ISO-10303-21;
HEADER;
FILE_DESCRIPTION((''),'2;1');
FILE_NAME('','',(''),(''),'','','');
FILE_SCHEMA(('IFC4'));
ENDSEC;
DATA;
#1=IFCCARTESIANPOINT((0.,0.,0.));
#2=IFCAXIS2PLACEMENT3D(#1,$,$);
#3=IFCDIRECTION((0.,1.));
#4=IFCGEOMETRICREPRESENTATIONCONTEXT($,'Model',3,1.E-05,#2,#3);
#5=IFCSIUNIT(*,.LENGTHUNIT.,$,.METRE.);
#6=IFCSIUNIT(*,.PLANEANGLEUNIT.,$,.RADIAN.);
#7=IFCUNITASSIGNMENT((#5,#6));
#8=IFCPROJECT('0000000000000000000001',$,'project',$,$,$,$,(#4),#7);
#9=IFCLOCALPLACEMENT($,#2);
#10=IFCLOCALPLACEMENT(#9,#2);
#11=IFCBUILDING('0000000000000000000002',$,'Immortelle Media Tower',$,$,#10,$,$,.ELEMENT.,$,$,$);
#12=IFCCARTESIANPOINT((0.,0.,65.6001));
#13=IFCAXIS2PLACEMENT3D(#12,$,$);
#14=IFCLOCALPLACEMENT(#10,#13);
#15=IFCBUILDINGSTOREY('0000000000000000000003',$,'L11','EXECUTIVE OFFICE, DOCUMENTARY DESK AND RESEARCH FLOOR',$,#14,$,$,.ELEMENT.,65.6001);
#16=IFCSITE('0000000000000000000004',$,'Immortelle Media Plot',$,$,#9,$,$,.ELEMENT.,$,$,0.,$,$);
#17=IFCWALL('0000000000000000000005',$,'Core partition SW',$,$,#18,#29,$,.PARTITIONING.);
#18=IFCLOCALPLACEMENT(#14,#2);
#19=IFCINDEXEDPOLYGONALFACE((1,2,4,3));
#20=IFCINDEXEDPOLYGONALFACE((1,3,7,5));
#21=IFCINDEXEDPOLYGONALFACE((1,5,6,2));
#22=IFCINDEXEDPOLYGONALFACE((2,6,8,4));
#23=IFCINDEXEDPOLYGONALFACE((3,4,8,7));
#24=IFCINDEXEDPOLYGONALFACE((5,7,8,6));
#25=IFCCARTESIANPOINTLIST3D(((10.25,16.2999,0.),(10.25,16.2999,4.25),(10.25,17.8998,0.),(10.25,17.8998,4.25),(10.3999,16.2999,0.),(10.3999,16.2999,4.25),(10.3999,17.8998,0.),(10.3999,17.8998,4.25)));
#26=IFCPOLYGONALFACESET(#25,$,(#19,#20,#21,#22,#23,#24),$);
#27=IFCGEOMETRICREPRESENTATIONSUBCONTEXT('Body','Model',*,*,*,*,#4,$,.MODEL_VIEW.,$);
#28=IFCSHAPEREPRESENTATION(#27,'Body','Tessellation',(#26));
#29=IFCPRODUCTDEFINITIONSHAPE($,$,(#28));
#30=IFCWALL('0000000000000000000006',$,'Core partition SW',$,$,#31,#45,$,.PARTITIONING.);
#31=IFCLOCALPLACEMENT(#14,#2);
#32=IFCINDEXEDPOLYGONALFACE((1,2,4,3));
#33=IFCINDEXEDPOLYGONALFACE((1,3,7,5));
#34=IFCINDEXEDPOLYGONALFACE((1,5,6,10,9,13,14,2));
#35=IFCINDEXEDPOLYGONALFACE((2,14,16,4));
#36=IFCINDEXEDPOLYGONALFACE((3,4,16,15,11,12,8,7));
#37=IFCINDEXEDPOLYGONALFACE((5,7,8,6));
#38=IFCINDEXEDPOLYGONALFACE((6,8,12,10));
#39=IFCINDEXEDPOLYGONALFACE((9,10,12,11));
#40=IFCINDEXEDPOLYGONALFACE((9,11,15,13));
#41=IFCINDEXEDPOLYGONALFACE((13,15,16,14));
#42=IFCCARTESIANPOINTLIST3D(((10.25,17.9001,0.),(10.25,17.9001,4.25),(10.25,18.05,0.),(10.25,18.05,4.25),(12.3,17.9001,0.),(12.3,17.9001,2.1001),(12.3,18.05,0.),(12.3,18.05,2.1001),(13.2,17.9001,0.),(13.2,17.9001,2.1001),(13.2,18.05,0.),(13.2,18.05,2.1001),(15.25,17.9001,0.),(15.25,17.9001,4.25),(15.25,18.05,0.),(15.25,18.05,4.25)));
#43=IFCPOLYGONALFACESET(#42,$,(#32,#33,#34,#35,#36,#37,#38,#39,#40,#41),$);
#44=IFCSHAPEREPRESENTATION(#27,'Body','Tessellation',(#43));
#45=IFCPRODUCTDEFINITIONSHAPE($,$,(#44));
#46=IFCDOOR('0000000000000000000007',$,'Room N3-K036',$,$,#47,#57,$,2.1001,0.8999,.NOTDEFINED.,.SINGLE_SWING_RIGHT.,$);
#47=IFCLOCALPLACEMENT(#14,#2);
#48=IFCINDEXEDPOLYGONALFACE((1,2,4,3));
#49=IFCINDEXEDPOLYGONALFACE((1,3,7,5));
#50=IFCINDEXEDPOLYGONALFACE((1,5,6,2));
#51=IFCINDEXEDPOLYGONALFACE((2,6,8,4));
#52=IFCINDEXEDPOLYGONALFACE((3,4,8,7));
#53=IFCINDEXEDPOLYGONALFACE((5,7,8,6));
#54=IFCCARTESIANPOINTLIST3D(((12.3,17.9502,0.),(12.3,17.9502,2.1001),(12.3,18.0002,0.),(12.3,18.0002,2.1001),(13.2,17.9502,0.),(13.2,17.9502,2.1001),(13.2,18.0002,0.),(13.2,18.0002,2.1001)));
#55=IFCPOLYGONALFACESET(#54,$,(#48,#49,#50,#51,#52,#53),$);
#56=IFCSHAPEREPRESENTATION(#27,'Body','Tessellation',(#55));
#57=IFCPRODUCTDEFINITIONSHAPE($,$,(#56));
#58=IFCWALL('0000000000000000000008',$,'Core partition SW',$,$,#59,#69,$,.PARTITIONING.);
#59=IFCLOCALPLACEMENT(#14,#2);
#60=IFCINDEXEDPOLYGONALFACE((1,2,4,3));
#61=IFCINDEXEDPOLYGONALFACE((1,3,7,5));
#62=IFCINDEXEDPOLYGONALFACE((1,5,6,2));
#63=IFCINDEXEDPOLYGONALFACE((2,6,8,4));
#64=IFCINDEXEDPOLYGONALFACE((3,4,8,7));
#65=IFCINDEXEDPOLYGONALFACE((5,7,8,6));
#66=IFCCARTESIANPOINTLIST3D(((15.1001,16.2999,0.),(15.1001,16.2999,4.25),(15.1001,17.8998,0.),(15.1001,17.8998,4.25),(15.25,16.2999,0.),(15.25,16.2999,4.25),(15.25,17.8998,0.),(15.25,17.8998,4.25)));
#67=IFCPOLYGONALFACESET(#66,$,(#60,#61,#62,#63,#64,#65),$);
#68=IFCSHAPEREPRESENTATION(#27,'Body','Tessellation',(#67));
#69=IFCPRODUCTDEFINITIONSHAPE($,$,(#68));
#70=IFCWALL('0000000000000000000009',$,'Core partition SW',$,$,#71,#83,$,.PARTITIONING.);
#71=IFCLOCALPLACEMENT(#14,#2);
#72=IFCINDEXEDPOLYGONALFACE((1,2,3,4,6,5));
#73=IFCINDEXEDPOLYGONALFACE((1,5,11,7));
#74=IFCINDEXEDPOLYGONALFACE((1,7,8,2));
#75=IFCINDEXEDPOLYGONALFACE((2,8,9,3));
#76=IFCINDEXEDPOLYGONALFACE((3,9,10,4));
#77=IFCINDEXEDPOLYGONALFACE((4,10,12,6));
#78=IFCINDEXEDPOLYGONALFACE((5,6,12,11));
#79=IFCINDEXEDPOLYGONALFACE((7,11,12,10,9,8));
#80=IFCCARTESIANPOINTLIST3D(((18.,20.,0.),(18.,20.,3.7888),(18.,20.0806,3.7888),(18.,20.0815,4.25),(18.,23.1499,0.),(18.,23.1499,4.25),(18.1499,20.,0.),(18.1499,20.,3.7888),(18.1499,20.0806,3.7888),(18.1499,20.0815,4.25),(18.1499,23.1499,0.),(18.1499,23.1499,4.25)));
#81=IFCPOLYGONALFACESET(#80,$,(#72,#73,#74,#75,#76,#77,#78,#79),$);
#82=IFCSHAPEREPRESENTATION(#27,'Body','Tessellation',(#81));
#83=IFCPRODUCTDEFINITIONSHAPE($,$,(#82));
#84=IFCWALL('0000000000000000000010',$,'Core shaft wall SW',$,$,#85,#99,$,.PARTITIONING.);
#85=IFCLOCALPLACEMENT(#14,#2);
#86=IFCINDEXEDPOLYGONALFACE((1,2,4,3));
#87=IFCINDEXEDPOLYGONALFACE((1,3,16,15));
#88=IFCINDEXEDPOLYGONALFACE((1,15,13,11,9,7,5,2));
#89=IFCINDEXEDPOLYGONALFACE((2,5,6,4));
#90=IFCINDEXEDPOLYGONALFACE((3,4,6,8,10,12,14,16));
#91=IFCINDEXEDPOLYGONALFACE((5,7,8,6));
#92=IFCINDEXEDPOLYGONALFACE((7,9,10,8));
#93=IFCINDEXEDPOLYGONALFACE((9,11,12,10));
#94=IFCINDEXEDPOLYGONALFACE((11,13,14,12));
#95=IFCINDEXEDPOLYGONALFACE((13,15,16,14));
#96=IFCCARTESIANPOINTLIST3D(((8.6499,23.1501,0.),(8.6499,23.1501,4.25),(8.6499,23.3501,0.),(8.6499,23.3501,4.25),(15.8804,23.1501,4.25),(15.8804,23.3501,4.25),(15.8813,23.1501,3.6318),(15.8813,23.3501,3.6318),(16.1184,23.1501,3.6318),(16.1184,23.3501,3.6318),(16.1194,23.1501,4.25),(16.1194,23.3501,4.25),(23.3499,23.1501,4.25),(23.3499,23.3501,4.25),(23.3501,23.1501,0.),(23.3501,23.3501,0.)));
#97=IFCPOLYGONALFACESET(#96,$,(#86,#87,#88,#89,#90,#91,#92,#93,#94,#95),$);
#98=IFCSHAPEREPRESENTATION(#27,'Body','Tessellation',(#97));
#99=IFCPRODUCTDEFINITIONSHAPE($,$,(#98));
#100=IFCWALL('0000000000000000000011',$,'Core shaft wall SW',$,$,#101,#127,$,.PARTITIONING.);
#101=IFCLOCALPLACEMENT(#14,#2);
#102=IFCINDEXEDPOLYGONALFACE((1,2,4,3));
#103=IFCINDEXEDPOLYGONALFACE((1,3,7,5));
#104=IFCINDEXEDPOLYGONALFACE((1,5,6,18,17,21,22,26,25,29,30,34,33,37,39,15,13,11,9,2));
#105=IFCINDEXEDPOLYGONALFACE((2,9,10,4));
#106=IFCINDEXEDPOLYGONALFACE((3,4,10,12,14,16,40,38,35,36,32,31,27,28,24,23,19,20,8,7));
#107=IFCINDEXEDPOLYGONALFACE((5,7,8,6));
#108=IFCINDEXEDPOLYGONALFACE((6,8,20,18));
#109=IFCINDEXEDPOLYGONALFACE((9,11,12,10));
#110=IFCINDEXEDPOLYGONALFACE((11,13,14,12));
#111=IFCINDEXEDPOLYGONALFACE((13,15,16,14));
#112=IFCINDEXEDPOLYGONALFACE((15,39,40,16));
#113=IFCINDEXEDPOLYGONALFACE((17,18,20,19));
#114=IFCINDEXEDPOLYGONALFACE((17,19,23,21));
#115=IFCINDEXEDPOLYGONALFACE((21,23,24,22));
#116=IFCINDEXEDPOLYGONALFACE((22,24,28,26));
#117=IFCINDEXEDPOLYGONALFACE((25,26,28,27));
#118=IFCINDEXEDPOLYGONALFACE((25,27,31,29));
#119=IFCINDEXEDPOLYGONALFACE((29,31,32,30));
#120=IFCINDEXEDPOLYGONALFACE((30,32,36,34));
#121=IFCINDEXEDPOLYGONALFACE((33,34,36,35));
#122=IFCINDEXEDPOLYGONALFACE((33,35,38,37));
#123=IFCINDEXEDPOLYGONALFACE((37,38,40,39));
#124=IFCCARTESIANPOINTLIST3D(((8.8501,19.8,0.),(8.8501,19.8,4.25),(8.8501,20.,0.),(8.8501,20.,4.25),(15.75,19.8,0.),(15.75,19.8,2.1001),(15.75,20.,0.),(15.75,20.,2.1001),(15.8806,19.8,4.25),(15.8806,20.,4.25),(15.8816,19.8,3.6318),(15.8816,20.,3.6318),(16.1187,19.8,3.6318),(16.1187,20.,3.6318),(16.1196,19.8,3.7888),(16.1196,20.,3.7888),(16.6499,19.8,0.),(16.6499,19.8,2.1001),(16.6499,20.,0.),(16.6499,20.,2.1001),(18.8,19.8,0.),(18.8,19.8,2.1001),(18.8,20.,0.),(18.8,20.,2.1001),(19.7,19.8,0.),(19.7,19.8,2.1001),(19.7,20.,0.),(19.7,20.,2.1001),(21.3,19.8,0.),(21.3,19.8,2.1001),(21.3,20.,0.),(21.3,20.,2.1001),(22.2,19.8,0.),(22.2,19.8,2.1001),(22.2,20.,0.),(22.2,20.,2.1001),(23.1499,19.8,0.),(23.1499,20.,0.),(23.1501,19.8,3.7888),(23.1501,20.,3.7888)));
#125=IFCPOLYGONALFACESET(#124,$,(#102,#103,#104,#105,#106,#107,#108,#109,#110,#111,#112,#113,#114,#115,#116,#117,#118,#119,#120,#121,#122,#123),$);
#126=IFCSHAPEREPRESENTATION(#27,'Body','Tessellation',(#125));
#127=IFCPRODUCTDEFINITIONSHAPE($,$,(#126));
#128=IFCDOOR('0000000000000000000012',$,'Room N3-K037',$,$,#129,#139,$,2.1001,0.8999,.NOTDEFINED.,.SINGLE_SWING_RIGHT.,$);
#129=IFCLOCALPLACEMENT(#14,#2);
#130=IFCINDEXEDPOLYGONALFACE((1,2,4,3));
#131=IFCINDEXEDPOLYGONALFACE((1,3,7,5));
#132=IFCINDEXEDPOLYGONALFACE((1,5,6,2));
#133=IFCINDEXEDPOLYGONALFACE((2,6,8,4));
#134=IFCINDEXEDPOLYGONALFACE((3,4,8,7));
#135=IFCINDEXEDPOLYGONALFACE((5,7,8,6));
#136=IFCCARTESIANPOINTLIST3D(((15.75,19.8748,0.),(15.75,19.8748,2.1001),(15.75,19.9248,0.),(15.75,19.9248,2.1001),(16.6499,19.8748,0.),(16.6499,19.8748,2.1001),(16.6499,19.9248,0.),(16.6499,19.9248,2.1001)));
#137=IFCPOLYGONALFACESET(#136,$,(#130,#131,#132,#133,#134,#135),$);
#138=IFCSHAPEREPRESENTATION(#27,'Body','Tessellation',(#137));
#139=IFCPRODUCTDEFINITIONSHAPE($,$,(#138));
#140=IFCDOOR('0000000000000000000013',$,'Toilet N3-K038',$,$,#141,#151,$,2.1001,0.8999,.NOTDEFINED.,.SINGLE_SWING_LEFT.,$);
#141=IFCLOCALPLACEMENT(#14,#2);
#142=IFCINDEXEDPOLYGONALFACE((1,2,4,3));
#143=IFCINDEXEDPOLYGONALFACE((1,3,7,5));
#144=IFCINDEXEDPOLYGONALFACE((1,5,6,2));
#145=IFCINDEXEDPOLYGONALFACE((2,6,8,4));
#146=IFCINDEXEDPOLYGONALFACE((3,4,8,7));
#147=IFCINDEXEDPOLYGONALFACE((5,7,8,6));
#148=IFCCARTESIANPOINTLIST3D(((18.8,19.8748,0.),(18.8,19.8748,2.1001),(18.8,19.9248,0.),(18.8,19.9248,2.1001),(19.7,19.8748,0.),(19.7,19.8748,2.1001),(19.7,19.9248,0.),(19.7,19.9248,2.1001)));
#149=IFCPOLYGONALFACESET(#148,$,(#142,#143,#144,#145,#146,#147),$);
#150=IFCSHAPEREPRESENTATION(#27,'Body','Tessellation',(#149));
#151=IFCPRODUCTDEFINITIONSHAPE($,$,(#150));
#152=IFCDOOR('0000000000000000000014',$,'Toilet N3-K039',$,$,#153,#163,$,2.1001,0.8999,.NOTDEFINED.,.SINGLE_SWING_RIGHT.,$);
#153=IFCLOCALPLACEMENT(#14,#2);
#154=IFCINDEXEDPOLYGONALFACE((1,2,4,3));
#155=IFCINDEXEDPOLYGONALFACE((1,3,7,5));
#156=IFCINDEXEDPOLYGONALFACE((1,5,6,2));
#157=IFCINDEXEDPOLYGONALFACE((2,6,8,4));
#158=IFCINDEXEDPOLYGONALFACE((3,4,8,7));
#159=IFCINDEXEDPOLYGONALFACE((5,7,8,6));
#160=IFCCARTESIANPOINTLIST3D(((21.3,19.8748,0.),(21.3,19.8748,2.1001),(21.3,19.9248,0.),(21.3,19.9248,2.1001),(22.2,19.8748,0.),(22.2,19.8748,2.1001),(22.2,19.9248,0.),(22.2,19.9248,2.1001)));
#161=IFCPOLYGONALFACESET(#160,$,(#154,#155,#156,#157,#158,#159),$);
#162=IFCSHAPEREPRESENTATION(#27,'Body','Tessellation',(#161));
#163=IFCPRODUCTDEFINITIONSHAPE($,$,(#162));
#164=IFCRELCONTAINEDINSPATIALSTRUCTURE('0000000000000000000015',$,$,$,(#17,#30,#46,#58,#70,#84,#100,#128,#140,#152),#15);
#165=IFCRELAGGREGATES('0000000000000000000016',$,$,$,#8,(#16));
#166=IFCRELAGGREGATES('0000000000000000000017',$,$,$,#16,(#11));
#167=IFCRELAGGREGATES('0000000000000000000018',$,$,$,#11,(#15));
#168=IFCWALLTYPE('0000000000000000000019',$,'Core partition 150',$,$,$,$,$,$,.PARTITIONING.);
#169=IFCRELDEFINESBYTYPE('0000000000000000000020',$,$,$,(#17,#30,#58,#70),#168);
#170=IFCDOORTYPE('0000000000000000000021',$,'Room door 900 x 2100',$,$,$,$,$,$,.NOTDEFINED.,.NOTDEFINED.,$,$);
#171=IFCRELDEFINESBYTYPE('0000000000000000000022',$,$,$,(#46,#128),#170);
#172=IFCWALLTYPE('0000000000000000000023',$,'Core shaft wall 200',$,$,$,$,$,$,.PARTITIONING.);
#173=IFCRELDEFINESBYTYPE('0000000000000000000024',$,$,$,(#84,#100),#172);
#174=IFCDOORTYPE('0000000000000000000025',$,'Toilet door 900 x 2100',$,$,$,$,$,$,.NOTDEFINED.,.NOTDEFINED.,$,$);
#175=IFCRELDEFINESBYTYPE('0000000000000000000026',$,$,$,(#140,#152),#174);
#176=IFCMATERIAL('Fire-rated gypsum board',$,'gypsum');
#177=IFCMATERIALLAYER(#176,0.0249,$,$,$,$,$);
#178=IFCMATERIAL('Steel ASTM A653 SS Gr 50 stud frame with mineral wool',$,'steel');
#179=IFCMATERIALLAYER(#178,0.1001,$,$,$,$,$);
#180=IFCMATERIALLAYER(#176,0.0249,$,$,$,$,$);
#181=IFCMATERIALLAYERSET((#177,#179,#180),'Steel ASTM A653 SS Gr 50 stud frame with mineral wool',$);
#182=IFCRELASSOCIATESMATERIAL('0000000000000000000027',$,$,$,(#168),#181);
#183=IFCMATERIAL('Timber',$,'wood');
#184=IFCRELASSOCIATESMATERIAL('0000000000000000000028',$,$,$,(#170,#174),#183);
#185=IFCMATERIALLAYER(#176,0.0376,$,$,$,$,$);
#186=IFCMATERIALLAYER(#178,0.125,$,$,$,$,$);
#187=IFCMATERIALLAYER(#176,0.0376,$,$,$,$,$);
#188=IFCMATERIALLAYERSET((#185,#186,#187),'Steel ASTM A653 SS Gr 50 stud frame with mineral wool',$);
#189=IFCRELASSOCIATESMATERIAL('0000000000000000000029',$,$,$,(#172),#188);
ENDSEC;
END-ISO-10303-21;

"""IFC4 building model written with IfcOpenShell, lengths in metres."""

from ifc_helpers import new_model, si_unit, direction, frame, frame_2d, origin, place, context, subcontext, project, spatial, polyline, rectangle, outline, extrude, material, layer, layer_set, type_object, element, fill, save


model = new_model("IFC4")

# Units and contexts
model_context = context("Model", 3, precision=1e-05, world=origin(), true_north=direction((0.0, 1.0)))
body_context = subcontext(model_context, "Body", "Model", "MODEL_VIEW")
ifc_project = project(units=[si_unit("LENGTHUNIT", "METRE"), si_unit("PLANEANGLEUNIT", "RADIAN")], contexts=[model_context])

# Site, building, storey
site_placement = place(None, origin())
site = spatial("IfcSite", under=ifc_project, at=site_placement, Name="Immortelle Media Plot", CompositionType="ELEMENT", RefElevation=0.0)
building_placement = place(site_placement, origin())
building = spatial("IfcBuilding", under=site, at=building_placement, Name="Immortelle Media Tower", CompositionType="ELEMENT")
storey_placement = place(building_placement, frame((0.0, 0.0, 65.6001)))
storey = spatial("IfcBuildingStorey", under=building, at=storey_placement, Name="L11", Description="EXECUTIVE OFFICE, DOCUMENTARY DESK AND RESEARCH FLOOR", CompositionType="ELEMENT", Elevation=65.6001)

# Wall
ifc_material_1 = material(Name="Fire-rated gypsum board", Category="gypsum")
ifc_layer_1 = layer(ifc_material_1, 0.0249)
ifc_material_2 = material(Name="Steel ASTM A653 SS Gr 50 stud frame with mineral wool", Category="steel")
ifc_layer_2 = layer(ifc_material_2, 0.1001)
ifc_layer_3 = layer(ifc_material_1, 0.0249)
ifc_layer_set_1 = layer_set([ifc_layer_1, ifc_layer_2, ifc_layer_3], Name="Steel ASTM A653 SS Gr 50 stud frame with mineral wool")
wall_type_1 = type_object("IfcWallType", Name="Core partition 150", PredefinedType="PARTITIONING", material=ifc_layer_set_1)
wall_1_placement = place(storey_placement, frame((10.325, 16.3, 0.0), z_axis=(0.0, 0.0, 1.0), x_axis=(0.0, 1.0, 0.0)))
element("IfcWall", 1, at=wall_1_placement, inside=storey, type_object=wall_type_1, Name="Core partition SW", PredefinedType="PARTITIONING", context=body_context, shape_type="SweptSolid", body=[
    extrude(rectangle(XDim=1.5999, YDim=0.1499, at=frame_2d((0.7998, 0.0))), origin(), (0.0, 0.0, 1.0), 4.25),
])

# Wall, opening, door
wall_2_placement = place(storey_placement, frame((10.25, 17.9751, 0.0), z_axis=(0.0, 0.0, 1.0), x_axis=(1.0, 0.0, 0.0)))
wall_2 = element("IfcWall", 2, at=wall_2_placement, inside=storey, type_object=wall_type_1, Name="Core partition SW", PredefinedType="PARTITIONING", context=body_context, shape_type="SweptSolid", body=[
    extrude(rectangle(XDim=5.0, YDim=0.1499, at=frame_2d((2.5, 0.0))), origin(), (0.0, 0.0, 1.0), 4.25),
])
opening_1_placement = place(wall_2_placement, frame((2.95, 0.0, 0.0), z_axis=(0.0, 0.0, 1.0), x_axis=(-1.0, 0.0, 0.0)))
opening_1 = element("IfcOpeningElement", 3, at=opening_1_placement, cuts=wall_2, PredefinedType="OPENING", context=body_context, shape_type="SweptSolid", body=[
    extrude(rectangle(XDim=0.8999, YDim=2.1001, at=frame_2d((0.45, 1.05))), frame((0.0, 0.085, 0.0), z_axis=(0.0, -1.0, 0.0), x_axis=(1.0, 0.0, 0.0)), (0.0, 0.0, 1.0), 0.1699),
])
ifc_material_3 = material(Name="Timber", Category="wood")
door_type_1 = type_object("IfcDoorType", Name="Room door 900 x 2100", OperationType="NOTDEFINED", PredefinedType="NOTDEFINED", material=ifc_material_3)
door_1_placement = place(opening_1_placement, origin())
door_1 = element("IfcDoor", 4, at=door_1_placement, inside=storey, type_object=door_type_1, Name="Room N3-K036", OperationType="SINGLE_SWING_RIGHT", OverallHeight=2.1001, OverallWidth=0.8999, PredefinedType="NOTDEFINED", context=body_context, shape_type="SweptSolid", body=[
    extrude(rectangle(XDim=0.8999, YDim=2.1001, at=frame_2d((0.45, 1.05))), frame((0.0, 0.0249, 0.0), z_axis=(0.0, -1.0, 0.0), x_axis=(1.0, 0.0, 0.0)), (0.0, 0.0, 1.0), 0.05),
])
fill(opening_1, door_1)

# Walls
wall_3_placement = place(storey_placement, frame((15.175, 16.3, 0.0), z_axis=(0.0, 0.0, 1.0), x_axis=(0.0, 1.0, 0.0)))
element("IfcWall", 5, at=wall_3_placement, inside=storey, type_object=wall_type_1, Name="Core partition SW", PredefinedType="PARTITIONING", context=body_context, shape_type="SweptSolid", body=[
    extrude(rectangle(XDim=1.5999, YDim=0.1499, at=frame_2d((0.7998, 0.0))), origin(), (0.0, 0.0, 1.0), 4.25),
])
wall_4_placement = place(storey_placement, frame((18.075, 20.0, 0.0), z_axis=(0.0, 0.0, 1.0), x_axis=(0.0, 1.0, 0.0)))
element("IfcWall", 6, at=wall_4_placement, inside=storey, type_object=wall_type_1, Name="Core partition SW", PredefinedType="PARTITIONING", context=body_context, shape_type="SweptSolid", body=[
    extrude(outline(polyline([(0.0, 0.0), (3.1499, 0.0), (3.1499, 4.25), (0.0815, 4.25), (0.0806, 3.7888), (0.0, 3.7888), (0.0, 0.0)])), frame((0.0, 0.075, 0.0), z_axis=(0.0, -1.0, 0.0), x_axis=(1.0, 0.0, 0.0)), (0.0, 0.0, 1.0), 0.1499),
])
ifc_layer_4 = layer(ifc_material_1, 0.0376)
ifc_layer_5 = layer(ifc_material_2, 0.125)
ifc_layer_6 = layer(ifc_material_1, 0.0376)
ifc_layer_set_2 = layer_set([ifc_layer_4, ifc_layer_5, ifc_layer_6], Name="Steel ASTM A653 SS Gr 50 stud frame with mineral wool")
wall_type_2 = type_object("IfcWallType", Name="Core shaft wall 200", PredefinedType="PARTITIONING", material=ifc_layer_set_2)
wall_5_placement = place(storey_placement, frame((8.6499, 23.25, 0.0), z_axis=(0.0, 0.0, 1.0), x_axis=(1.0, 0.0, 0.0)))
element("IfcWall", 7, at=wall_5_placement, inside=storey, type_object=wall_type_2, Name="Core shaft wall SW", PredefinedType="PARTITIONING", context=body_context, shape_type="SweptSolid", body=[
    extrude(outline(polyline([(0.0, 0.0), (14.7002, 0.0), (14.7, 4.25), (7.4695, 4.25), (7.4685, 3.6318), (7.2314, 3.6318), (7.2305, 4.25), (0.0, 4.25), (0.0, 0.0)])), frame((0.0, 0.1001, 0.0), z_axis=(0.0, -1.0, 0.0), x_axis=(1.0, 0.0, 0.0)), (0.0, 0.0, 1.0), 0.2),
])

# Wall, openings, doors
wall_6_placement = place(storey_placement, frame((8.8501, 19.8999, 0.0), z_axis=(0.0, 0.0, 1.0), x_axis=(1.0, 0.0, 0.0)))
wall_6 = element("IfcWall", 8, at=wall_6_placement, inside=storey, type_object=wall_type_2, Name="Core shaft wall SW", PredefinedType="PARTITIONING", context=body_context, shape_type="SweptSolid", body=[
    extrude(outline(polyline([(0.0, 0.0), (14.2998, 0.0), (14.3, 3.7888), (7.2695, 3.7888), (7.2686, 3.6318), (7.0315, 3.6318), (7.0305, 4.25), (0.0, 4.25), (0.0, 0.0)])), frame((0.0, 0.1001, 0.0), z_axis=(0.0, -1.0, 0.0), x_axis=(1.0, 0.0, 0.0)), (0.0, 0.0, 1.0), 0.2),
])
opening_2_placement = place(wall_6_placement, frame((6.8999, 0.0, 0.0)))
opening_2 = element("IfcOpeningElement", 9, at=opening_2_placement, cuts=wall_6, PredefinedType="OPENING", context=body_context, shape_type="SweptSolid", body=[
    extrude(rectangle(XDim=0.8999, YDim=2.1001, at=frame_2d((0.45, 1.05))), frame((0.0, 0.1099, 0.0), z_axis=(0.0, -1.0, 0.0), x_axis=(1.0, 0.0, 0.0)), (0.0, 0.0, 1.0), 0.22),
])
opening_3_placement = place(wall_6_placement, frame((9.95, 0.0, 0.0)))
opening_3 = element("IfcOpeningElement", 10, at=opening_3_placement, cuts=wall_6, PredefinedType="OPENING", context=body_context, shape_type="SweptSolid", body=[
    extrude(rectangle(XDim=0.8999, YDim=2.1001, at=frame_2d((0.45, 1.05))), frame((0.0, 0.1099, 0.0), z_axis=(0.0, -1.0, 0.0), x_axis=(1.0, 0.0, 0.0)), (0.0, 0.0, 1.0), 0.22),
])
opening_4_placement = place(wall_6_placement, frame((12.45, 0.0, 0.0)))
opening_4 = element("IfcOpeningElement", 11, at=opening_4_placement, cuts=wall_6, PredefinedType="OPENING", context=body_context, shape_type="SweptSolid", body=[
    extrude(rectangle(XDim=0.8999, YDim=2.1001, at=frame_2d((0.45, 1.05))), frame((0.0, 0.1099, 0.0), z_axis=(0.0, -1.0, 0.0), x_axis=(1.0, 0.0, 0.0)), (0.0, 0.0, 1.0), 0.22),
])
door_2_placement = place(opening_2_placement, origin())
door_2 = element("IfcDoor", 12, at=door_2_placement, inside=storey, type_object=door_type_1, Name="Room N3-K037", OperationType="SINGLE_SWING_RIGHT", OverallHeight=2.1001, OverallWidth=0.8999, PredefinedType="NOTDEFINED", context=body_context, shape_type="SweptSolid", body=[
    extrude(rectangle(XDim=0.8999, YDim=2.1001, at=frame_2d((0.45, 1.05))), frame((0.0, 0.0249, 0.0), z_axis=(0.0, -1.0, 0.0), x_axis=(1.0, 0.0, 0.0)), (0.0, 0.0, 1.0), 0.05),
])
fill(opening_2, door_2)
door_type_2 = type_object("IfcDoorType", Name="Toilet door 900 x 2100", OperationType="NOTDEFINED", PredefinedType="NOTDEFINED", material=ifc_material_3)
door_3_placement = place(opening_3_placement, origin())
door_3 = element("IfcDoor", 13, at=door_3_placement, inside=storey, type_object=door_type_2, Name="Toilet N3-K038", OperationType="SINGLE_SWING_LEFT", OverallHeight=2.1001, OverallWidth=0.8999, PredefinedType="NOTDEFINED", context=body_context, shape_type="SweptSolid", body=[
    extrude(rectangle(XDim=0.8999, YDim=2.1001, at=frame_2d((0.45, 1.05))), frame((0.0, 0.0249, 0.0), z_axis=(0.0, -1.0, 0.0), x_axis=(1.0, 0.0, 0.0)), (0.0, 0.0, 1.0), 0.05),
])
fill(opening_3, door_3)
door_4_placement = place(opening_4_placement, origin())
door_4 = element("IfcDoor", 14, at=door_4_placement, inside=storey, type_object=door_type_2, Name="Toilet N3-K039", OperationType="SINGLE_SWING_RIGHT", OverallHeight=2.1001, OverallWidth=0.8999, PredefinedType="NOTDEFINED", context=body_context, shape_type="SweptSolid", body=[
    extrude(rectangle(XDim=0.8999, YDim=2.1001, at=frame_2d((0.45, 1.05))), frame((0.0, 0.0249, 0.0), z_axis=(0.0, -1.0, 0.0), x_axis=(1.0, 0.0, 0.0)), (0.0, 0.0, 1.0), 0.05),
])
fill(opening_4, door_4)

save(model, "model.ifc")
